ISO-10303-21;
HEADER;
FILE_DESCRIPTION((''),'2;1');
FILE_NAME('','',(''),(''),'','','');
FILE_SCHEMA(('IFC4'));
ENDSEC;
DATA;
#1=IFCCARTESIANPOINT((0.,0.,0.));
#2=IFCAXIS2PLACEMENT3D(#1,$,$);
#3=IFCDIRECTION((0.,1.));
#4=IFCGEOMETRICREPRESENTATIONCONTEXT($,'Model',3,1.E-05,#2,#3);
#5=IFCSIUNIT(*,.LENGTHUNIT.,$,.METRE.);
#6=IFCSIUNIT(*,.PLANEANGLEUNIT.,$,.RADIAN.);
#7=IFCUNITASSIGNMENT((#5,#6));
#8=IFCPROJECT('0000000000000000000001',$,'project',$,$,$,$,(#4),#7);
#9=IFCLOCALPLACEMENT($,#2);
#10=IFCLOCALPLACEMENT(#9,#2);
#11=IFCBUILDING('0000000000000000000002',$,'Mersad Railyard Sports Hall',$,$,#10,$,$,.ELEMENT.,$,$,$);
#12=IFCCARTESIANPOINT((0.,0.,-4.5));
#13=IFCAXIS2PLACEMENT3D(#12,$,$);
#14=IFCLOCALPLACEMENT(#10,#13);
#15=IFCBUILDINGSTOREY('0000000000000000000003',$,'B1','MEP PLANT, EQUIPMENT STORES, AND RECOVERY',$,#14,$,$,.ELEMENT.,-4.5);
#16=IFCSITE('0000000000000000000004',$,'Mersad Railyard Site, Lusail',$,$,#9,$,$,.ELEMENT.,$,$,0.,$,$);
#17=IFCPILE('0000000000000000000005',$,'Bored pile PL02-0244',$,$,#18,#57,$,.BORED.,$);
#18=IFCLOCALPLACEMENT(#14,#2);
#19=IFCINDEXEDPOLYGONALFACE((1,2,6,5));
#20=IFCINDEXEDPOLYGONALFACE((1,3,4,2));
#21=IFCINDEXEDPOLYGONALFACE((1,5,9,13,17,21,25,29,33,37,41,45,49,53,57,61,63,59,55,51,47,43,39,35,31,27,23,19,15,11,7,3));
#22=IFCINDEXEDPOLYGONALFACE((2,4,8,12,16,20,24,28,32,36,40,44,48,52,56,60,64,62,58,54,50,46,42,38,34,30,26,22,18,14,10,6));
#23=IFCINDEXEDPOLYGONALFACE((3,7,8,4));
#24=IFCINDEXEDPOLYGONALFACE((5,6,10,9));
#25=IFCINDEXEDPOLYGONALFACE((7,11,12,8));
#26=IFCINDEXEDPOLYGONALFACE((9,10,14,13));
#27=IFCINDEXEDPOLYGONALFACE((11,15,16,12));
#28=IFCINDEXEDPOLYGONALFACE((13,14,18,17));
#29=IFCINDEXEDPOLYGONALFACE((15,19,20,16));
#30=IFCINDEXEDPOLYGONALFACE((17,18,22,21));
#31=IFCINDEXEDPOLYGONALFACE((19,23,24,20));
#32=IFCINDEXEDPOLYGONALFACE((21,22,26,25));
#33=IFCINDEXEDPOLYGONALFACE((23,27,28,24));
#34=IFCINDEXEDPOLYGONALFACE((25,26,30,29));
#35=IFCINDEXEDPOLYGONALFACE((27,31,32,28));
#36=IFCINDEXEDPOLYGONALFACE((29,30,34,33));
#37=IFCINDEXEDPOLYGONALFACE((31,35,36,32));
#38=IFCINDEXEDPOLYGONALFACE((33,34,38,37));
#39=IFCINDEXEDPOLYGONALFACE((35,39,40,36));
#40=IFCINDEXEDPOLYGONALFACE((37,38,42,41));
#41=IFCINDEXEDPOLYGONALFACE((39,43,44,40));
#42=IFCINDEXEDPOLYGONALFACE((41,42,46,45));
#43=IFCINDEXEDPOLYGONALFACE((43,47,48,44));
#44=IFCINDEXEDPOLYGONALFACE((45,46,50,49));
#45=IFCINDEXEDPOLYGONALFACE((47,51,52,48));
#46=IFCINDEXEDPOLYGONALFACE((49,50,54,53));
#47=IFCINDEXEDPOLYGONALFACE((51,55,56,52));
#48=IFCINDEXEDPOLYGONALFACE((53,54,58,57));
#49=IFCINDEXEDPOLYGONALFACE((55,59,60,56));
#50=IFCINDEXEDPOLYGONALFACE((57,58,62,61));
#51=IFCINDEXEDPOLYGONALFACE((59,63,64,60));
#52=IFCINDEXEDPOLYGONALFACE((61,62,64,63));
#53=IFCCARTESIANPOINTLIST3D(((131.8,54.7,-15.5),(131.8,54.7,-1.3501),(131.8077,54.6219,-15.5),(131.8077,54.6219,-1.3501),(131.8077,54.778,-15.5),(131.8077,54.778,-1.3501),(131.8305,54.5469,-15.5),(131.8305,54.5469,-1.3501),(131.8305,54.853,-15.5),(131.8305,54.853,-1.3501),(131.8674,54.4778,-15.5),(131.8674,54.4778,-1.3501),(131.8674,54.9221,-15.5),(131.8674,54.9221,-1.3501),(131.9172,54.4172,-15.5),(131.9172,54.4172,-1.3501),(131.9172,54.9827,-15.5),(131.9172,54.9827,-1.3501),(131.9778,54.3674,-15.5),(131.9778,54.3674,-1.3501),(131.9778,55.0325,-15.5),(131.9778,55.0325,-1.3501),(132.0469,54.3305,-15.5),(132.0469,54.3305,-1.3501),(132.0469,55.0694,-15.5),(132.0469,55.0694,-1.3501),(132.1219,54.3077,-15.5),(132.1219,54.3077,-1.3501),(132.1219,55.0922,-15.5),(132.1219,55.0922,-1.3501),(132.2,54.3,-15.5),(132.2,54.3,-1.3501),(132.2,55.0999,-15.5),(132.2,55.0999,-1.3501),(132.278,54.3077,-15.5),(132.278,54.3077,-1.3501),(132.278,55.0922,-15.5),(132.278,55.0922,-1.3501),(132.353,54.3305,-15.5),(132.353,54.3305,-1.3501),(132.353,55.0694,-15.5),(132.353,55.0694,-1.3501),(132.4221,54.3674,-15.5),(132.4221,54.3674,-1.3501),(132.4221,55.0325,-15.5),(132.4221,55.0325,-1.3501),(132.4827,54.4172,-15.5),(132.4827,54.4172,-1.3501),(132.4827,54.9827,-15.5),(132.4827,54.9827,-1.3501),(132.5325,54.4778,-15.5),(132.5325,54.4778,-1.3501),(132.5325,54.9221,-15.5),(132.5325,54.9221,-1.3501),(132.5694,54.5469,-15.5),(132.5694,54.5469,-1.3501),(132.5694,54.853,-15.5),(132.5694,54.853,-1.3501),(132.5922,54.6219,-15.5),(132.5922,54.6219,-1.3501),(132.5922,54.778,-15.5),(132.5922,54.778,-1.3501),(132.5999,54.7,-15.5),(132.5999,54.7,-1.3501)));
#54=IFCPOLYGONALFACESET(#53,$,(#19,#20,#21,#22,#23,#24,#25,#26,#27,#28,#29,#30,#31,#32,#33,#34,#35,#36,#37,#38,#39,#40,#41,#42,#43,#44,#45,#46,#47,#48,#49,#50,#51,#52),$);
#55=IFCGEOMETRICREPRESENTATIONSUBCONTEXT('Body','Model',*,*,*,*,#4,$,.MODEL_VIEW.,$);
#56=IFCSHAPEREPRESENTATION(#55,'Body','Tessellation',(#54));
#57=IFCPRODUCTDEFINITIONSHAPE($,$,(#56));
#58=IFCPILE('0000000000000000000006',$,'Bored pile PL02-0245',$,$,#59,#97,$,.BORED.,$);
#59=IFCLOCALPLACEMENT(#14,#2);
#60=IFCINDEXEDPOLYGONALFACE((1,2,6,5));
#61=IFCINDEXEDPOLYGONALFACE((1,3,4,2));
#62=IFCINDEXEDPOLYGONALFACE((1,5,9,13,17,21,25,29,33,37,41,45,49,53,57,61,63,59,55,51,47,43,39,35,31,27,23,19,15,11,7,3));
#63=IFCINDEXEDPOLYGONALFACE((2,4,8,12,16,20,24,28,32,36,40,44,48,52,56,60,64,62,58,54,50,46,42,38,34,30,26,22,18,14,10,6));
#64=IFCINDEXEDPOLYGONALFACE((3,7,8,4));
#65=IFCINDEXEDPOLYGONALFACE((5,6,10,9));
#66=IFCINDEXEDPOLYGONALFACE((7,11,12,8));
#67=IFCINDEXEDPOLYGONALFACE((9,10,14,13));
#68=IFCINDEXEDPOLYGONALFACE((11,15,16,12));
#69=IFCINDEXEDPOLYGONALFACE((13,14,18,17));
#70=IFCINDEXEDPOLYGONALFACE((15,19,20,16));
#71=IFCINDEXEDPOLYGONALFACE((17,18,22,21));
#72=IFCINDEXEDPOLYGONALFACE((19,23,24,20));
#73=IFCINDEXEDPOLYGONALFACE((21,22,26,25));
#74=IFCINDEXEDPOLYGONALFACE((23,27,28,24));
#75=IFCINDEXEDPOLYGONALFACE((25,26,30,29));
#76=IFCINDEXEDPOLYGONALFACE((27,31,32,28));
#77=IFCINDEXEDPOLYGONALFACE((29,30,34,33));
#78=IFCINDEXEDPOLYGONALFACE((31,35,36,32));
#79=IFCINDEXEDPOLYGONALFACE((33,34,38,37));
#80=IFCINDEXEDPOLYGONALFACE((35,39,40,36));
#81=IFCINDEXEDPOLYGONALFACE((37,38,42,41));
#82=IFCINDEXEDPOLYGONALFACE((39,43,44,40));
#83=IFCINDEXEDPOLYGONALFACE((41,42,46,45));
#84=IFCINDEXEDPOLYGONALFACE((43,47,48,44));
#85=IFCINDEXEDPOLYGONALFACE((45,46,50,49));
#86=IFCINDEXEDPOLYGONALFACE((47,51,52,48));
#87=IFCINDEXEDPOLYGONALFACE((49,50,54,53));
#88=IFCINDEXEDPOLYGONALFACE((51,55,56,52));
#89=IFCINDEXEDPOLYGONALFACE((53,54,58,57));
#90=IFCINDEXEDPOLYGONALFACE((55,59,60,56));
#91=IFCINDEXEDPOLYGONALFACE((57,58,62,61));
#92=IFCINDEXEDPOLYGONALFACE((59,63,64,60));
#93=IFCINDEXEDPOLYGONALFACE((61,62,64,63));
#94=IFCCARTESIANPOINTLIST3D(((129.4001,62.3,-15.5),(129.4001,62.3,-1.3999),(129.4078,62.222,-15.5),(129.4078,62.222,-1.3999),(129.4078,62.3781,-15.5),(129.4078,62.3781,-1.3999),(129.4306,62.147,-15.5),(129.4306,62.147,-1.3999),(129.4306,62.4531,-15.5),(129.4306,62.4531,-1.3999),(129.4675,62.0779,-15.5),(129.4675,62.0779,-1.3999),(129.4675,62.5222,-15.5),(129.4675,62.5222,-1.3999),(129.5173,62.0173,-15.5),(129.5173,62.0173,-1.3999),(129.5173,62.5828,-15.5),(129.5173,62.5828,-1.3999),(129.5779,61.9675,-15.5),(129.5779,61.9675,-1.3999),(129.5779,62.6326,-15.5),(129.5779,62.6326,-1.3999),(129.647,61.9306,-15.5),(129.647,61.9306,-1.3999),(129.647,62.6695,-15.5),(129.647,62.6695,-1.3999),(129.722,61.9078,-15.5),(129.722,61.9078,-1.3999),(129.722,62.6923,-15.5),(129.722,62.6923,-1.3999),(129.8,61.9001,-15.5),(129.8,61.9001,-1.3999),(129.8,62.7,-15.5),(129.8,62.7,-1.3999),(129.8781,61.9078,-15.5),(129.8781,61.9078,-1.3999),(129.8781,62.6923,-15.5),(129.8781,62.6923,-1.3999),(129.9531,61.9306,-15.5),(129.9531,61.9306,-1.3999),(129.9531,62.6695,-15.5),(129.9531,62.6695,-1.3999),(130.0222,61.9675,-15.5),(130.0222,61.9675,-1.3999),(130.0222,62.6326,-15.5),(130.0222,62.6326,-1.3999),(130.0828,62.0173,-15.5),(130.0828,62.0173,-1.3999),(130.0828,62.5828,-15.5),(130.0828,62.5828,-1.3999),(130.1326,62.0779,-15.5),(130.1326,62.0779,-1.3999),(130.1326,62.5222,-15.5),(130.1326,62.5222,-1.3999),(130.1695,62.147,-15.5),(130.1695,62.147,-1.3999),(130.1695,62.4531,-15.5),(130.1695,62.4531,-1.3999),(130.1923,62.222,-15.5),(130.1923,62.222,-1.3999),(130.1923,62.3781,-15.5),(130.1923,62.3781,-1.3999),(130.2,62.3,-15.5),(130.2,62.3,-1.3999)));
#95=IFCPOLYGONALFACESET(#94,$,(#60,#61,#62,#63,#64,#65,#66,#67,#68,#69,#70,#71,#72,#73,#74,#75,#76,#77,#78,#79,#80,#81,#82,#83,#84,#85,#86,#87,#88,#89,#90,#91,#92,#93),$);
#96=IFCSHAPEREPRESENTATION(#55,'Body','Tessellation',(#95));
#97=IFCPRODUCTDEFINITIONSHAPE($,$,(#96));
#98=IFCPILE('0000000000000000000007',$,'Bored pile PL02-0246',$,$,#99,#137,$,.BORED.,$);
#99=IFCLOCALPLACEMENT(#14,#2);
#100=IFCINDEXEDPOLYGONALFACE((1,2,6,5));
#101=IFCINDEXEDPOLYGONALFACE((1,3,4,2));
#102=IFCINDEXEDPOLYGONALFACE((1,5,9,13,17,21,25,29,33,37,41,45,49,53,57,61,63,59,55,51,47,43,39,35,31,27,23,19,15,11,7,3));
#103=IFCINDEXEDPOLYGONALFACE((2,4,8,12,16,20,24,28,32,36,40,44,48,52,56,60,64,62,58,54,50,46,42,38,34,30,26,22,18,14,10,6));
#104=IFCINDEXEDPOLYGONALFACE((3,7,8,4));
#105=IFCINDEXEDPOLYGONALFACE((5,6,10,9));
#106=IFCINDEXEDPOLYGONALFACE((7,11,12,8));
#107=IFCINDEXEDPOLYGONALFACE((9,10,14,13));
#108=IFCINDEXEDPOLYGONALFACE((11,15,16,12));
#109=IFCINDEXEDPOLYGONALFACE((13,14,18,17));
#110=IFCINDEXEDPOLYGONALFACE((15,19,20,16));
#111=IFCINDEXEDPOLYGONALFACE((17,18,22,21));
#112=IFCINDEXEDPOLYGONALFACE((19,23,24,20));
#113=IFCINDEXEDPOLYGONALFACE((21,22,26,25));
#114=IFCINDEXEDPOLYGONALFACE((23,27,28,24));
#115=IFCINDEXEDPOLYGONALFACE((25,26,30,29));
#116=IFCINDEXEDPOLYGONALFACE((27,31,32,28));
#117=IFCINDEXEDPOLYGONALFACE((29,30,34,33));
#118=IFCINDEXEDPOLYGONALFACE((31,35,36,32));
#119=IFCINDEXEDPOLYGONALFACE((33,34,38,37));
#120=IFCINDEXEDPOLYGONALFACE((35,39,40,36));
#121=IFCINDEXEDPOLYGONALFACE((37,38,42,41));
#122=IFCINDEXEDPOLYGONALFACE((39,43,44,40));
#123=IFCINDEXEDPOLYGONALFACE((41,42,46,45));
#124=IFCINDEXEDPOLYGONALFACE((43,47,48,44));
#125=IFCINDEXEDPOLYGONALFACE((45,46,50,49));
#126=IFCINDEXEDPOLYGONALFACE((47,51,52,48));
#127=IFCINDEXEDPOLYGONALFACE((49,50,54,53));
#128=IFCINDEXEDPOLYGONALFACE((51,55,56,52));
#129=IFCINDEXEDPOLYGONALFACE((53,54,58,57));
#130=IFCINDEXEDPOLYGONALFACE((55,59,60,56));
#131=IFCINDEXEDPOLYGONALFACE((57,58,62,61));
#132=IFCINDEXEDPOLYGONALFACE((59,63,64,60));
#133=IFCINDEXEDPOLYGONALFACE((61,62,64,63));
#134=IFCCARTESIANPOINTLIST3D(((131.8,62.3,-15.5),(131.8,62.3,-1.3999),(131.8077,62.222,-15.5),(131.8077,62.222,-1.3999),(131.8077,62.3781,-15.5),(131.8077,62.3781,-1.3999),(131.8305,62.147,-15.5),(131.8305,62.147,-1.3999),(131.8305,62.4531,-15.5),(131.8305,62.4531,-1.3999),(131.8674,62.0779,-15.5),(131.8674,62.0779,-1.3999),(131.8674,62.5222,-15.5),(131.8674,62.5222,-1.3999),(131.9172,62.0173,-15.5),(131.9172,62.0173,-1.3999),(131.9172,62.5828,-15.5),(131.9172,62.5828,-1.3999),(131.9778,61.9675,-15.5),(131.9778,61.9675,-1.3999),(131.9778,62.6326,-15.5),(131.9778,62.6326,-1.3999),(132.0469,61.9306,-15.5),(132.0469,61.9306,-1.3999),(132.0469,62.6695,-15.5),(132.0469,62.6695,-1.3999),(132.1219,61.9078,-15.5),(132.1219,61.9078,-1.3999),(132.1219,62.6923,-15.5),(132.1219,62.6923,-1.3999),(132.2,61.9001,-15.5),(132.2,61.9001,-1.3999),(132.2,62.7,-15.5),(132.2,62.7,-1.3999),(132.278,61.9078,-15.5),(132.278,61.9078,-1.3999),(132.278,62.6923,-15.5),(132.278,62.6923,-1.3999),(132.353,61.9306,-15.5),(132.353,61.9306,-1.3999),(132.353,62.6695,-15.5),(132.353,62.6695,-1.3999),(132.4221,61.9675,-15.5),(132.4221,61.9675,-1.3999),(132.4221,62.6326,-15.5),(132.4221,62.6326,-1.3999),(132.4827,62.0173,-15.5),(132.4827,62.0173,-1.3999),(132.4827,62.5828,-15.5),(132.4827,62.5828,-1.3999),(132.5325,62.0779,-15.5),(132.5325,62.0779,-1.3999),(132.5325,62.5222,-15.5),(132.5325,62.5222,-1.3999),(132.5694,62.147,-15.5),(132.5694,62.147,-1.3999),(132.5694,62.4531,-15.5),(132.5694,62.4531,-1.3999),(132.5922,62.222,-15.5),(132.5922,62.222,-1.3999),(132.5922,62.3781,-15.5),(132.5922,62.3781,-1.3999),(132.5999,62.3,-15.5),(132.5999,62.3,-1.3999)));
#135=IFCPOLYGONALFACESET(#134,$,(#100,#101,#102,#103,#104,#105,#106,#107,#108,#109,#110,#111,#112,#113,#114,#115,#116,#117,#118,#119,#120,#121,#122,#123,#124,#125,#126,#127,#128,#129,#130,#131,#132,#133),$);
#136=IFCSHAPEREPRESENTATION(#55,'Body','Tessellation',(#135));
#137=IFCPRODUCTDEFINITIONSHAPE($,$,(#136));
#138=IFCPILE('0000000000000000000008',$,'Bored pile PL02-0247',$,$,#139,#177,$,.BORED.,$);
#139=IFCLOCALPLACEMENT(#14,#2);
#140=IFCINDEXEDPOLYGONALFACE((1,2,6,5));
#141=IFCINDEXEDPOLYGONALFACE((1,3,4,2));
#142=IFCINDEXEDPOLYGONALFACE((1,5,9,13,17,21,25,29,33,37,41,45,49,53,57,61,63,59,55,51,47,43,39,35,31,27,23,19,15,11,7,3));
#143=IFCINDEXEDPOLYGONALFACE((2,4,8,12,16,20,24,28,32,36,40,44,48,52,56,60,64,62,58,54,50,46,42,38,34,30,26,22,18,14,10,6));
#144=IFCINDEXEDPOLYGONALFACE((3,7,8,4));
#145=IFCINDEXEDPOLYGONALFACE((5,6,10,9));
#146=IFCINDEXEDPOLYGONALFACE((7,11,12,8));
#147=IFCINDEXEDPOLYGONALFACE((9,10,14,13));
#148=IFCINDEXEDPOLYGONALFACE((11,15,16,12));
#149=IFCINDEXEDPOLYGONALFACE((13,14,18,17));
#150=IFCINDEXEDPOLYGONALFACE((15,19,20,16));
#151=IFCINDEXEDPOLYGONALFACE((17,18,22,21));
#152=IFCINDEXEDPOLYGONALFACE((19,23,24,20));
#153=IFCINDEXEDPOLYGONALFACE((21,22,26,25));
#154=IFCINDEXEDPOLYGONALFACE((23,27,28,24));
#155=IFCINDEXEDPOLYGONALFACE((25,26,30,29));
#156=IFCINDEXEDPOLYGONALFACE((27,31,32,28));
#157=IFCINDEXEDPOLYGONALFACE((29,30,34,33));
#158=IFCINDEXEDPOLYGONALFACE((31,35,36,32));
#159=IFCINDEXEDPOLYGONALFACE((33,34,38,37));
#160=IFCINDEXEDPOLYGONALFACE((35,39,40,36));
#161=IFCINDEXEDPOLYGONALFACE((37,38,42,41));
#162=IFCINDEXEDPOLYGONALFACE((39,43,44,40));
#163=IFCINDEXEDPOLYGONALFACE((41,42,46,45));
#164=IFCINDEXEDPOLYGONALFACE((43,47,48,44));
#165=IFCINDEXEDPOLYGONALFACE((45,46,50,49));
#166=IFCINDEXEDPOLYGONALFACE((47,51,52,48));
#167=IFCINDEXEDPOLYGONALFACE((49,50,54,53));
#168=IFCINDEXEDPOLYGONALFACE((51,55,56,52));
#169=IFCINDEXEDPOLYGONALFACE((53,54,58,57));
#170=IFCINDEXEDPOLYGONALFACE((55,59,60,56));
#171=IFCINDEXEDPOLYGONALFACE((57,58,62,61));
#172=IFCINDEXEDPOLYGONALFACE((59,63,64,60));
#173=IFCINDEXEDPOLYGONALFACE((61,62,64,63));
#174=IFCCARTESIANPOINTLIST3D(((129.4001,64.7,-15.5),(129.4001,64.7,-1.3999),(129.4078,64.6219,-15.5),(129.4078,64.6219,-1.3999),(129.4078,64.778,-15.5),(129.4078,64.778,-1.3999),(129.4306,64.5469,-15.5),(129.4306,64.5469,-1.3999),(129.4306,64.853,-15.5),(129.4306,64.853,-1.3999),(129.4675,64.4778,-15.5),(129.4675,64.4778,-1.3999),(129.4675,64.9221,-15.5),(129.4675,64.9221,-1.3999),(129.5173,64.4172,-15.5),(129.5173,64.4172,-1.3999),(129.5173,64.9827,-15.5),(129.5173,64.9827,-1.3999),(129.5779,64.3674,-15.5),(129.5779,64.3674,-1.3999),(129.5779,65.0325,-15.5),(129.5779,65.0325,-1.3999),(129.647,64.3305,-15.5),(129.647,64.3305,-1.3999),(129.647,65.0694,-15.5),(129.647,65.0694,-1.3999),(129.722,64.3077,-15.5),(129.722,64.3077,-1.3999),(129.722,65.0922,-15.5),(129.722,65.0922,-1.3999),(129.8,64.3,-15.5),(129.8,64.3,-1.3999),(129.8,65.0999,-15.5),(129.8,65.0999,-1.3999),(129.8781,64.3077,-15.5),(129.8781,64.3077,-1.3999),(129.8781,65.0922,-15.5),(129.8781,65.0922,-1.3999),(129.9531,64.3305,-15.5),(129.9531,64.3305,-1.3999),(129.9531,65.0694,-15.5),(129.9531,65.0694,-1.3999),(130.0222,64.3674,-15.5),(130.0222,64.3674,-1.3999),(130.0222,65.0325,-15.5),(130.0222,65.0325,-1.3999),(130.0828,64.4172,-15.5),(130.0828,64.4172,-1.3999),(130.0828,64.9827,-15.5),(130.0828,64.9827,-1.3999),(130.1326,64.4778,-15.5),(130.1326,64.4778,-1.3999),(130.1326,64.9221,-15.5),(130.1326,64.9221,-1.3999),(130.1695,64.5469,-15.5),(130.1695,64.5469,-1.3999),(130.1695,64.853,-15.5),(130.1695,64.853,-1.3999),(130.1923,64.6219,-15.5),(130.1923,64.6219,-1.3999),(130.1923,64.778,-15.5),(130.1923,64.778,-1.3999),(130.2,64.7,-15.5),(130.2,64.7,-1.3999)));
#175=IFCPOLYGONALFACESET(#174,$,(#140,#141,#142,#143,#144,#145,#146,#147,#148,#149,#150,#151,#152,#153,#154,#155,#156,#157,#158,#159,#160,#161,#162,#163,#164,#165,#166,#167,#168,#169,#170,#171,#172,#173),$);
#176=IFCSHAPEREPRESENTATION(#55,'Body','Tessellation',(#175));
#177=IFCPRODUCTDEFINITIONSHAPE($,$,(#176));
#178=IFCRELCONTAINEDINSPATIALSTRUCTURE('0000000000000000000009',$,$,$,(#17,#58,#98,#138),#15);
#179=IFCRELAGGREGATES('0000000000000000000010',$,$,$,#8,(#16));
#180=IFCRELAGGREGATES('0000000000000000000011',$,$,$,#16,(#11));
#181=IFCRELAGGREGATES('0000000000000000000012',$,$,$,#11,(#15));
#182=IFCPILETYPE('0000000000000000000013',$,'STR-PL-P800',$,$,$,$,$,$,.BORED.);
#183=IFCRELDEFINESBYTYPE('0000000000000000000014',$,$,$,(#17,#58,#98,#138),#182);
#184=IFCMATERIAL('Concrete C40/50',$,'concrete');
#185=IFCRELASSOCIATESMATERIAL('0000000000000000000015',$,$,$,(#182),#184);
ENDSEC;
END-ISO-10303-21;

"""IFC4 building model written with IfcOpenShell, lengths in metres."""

from ifc_helpers import new_model, si_unit, direction, frame, origin, origin_2d, place, context, subcontext, project, spatial, circle, extrude, material, material_profile, profile_set, type_object, element, save


model = new_model("IFC4")

# Units and contexts
model_context = context("Model", 3, precision=1e-05, world=origin(), true_north=direction((0.0, 1.0)))
body_context = subcontext(model_context, "Body", "Model", "MODEL_VIEW")
ifc_project = project(units=[si_unit("LENGTHUNIT", "METRE"), si_unit("PLANEANGLEUNIT", "RADIAN")], contexts=[model_context])

# Site, building, storey
site_placement = place(None, origin())
site = spatial("IfcSite", under=ifc_project, at=site_placement, Name="Mersad Railyard Site, Lusail", CompositionType="ELEMENT", RefElevation=0.0)
building_placement = place(site_placement, origin())
building = spatial("IfcBuilding", under=site, at=building_placement, Name="Mersad Railyard Sports Hall", CompositionType="ELEMENT")
storey_placement = place(building_placement, frame((0.0, 0.0, -4.5)))
storey = spatial("IfcBuildingStorey", under=building, at=storey_placement, Name="B1", Description="MEP PLANT, EQUIPMENT STORES, AND RECOVERY", CompositionType="ELEMENT", Elevation=-4.5)

# Shared definitions
ifc_material_1 = material(Name="Concrete C40/50", Category="concrete")

# Piles
ifc_material_profile_1 = material_profile(ifc_material_1, circle(Radius=0.3999, at=origin_2d()), Name="BORED PILE D800")
ifc_profile_set_1 = profile_set([ifc_material_profile_1], Name="Concrete C40/50")
pile_type_1 = type_object("IfcPileType", Name="STR-PL-P800", PredefinedType="BORED", material=ifc_profile_set_1)
for number, where, z_axis, x_axis, name in (
    (1, (132.2, 54.7, -1.3501), (0.0, 0.0, -1.0), (1.0, 0.0, 0.0), "Bored pile PL02-0244"),
):
    element("IfcPile", number, at=place(storey_placement, frame(where, z_axis=z_axis, x_axis=x_axis)), inside=storey, type_object=pile_type_1, Name=name, PredefinedType="BORED", context=body_context, shape_type="SweptSolid", body=[
        extrude(circle(Radius=0.3999, at=origin_2d()), origin(), (0.0, 0.0, 1.0), 14.1499),
    ])
for number, where, z_axis, x_axis, name in (
    (2, (129.8, 62.3, -1.3999), (0.0, 0.0, -1.0), (1.0, 0.0, 0.0), "Bored pile PL02-0245"),
    (3, (132.2, 62.3, -1.3999), (0.0, 0.0, -1.0), (1.0, 0.0, 0.0), "Bored pile PL02-0246"),
    (4, (129.8, 64.7, -1.3999), (0.0, 0.0, -1.0), (1.0, 0.0, 0.0), "Bored pile PL02-0247"),
):
    element("IfcPile", number, at=place(storey_placement, frame(where, z_axis=z_axis, x_axis=x_axis)), inside=storey, type_object=pile_type_1, Name=name, PredefinedType="BORED", context=body_context, shape_type="SweptSolid", body=[
        extrude(circle(Radius=0.3999, at=origin_2d()), origin(), (0.0, 0.0, 1.0), 14.1001),
    ])

save(model, "model.ifc")
